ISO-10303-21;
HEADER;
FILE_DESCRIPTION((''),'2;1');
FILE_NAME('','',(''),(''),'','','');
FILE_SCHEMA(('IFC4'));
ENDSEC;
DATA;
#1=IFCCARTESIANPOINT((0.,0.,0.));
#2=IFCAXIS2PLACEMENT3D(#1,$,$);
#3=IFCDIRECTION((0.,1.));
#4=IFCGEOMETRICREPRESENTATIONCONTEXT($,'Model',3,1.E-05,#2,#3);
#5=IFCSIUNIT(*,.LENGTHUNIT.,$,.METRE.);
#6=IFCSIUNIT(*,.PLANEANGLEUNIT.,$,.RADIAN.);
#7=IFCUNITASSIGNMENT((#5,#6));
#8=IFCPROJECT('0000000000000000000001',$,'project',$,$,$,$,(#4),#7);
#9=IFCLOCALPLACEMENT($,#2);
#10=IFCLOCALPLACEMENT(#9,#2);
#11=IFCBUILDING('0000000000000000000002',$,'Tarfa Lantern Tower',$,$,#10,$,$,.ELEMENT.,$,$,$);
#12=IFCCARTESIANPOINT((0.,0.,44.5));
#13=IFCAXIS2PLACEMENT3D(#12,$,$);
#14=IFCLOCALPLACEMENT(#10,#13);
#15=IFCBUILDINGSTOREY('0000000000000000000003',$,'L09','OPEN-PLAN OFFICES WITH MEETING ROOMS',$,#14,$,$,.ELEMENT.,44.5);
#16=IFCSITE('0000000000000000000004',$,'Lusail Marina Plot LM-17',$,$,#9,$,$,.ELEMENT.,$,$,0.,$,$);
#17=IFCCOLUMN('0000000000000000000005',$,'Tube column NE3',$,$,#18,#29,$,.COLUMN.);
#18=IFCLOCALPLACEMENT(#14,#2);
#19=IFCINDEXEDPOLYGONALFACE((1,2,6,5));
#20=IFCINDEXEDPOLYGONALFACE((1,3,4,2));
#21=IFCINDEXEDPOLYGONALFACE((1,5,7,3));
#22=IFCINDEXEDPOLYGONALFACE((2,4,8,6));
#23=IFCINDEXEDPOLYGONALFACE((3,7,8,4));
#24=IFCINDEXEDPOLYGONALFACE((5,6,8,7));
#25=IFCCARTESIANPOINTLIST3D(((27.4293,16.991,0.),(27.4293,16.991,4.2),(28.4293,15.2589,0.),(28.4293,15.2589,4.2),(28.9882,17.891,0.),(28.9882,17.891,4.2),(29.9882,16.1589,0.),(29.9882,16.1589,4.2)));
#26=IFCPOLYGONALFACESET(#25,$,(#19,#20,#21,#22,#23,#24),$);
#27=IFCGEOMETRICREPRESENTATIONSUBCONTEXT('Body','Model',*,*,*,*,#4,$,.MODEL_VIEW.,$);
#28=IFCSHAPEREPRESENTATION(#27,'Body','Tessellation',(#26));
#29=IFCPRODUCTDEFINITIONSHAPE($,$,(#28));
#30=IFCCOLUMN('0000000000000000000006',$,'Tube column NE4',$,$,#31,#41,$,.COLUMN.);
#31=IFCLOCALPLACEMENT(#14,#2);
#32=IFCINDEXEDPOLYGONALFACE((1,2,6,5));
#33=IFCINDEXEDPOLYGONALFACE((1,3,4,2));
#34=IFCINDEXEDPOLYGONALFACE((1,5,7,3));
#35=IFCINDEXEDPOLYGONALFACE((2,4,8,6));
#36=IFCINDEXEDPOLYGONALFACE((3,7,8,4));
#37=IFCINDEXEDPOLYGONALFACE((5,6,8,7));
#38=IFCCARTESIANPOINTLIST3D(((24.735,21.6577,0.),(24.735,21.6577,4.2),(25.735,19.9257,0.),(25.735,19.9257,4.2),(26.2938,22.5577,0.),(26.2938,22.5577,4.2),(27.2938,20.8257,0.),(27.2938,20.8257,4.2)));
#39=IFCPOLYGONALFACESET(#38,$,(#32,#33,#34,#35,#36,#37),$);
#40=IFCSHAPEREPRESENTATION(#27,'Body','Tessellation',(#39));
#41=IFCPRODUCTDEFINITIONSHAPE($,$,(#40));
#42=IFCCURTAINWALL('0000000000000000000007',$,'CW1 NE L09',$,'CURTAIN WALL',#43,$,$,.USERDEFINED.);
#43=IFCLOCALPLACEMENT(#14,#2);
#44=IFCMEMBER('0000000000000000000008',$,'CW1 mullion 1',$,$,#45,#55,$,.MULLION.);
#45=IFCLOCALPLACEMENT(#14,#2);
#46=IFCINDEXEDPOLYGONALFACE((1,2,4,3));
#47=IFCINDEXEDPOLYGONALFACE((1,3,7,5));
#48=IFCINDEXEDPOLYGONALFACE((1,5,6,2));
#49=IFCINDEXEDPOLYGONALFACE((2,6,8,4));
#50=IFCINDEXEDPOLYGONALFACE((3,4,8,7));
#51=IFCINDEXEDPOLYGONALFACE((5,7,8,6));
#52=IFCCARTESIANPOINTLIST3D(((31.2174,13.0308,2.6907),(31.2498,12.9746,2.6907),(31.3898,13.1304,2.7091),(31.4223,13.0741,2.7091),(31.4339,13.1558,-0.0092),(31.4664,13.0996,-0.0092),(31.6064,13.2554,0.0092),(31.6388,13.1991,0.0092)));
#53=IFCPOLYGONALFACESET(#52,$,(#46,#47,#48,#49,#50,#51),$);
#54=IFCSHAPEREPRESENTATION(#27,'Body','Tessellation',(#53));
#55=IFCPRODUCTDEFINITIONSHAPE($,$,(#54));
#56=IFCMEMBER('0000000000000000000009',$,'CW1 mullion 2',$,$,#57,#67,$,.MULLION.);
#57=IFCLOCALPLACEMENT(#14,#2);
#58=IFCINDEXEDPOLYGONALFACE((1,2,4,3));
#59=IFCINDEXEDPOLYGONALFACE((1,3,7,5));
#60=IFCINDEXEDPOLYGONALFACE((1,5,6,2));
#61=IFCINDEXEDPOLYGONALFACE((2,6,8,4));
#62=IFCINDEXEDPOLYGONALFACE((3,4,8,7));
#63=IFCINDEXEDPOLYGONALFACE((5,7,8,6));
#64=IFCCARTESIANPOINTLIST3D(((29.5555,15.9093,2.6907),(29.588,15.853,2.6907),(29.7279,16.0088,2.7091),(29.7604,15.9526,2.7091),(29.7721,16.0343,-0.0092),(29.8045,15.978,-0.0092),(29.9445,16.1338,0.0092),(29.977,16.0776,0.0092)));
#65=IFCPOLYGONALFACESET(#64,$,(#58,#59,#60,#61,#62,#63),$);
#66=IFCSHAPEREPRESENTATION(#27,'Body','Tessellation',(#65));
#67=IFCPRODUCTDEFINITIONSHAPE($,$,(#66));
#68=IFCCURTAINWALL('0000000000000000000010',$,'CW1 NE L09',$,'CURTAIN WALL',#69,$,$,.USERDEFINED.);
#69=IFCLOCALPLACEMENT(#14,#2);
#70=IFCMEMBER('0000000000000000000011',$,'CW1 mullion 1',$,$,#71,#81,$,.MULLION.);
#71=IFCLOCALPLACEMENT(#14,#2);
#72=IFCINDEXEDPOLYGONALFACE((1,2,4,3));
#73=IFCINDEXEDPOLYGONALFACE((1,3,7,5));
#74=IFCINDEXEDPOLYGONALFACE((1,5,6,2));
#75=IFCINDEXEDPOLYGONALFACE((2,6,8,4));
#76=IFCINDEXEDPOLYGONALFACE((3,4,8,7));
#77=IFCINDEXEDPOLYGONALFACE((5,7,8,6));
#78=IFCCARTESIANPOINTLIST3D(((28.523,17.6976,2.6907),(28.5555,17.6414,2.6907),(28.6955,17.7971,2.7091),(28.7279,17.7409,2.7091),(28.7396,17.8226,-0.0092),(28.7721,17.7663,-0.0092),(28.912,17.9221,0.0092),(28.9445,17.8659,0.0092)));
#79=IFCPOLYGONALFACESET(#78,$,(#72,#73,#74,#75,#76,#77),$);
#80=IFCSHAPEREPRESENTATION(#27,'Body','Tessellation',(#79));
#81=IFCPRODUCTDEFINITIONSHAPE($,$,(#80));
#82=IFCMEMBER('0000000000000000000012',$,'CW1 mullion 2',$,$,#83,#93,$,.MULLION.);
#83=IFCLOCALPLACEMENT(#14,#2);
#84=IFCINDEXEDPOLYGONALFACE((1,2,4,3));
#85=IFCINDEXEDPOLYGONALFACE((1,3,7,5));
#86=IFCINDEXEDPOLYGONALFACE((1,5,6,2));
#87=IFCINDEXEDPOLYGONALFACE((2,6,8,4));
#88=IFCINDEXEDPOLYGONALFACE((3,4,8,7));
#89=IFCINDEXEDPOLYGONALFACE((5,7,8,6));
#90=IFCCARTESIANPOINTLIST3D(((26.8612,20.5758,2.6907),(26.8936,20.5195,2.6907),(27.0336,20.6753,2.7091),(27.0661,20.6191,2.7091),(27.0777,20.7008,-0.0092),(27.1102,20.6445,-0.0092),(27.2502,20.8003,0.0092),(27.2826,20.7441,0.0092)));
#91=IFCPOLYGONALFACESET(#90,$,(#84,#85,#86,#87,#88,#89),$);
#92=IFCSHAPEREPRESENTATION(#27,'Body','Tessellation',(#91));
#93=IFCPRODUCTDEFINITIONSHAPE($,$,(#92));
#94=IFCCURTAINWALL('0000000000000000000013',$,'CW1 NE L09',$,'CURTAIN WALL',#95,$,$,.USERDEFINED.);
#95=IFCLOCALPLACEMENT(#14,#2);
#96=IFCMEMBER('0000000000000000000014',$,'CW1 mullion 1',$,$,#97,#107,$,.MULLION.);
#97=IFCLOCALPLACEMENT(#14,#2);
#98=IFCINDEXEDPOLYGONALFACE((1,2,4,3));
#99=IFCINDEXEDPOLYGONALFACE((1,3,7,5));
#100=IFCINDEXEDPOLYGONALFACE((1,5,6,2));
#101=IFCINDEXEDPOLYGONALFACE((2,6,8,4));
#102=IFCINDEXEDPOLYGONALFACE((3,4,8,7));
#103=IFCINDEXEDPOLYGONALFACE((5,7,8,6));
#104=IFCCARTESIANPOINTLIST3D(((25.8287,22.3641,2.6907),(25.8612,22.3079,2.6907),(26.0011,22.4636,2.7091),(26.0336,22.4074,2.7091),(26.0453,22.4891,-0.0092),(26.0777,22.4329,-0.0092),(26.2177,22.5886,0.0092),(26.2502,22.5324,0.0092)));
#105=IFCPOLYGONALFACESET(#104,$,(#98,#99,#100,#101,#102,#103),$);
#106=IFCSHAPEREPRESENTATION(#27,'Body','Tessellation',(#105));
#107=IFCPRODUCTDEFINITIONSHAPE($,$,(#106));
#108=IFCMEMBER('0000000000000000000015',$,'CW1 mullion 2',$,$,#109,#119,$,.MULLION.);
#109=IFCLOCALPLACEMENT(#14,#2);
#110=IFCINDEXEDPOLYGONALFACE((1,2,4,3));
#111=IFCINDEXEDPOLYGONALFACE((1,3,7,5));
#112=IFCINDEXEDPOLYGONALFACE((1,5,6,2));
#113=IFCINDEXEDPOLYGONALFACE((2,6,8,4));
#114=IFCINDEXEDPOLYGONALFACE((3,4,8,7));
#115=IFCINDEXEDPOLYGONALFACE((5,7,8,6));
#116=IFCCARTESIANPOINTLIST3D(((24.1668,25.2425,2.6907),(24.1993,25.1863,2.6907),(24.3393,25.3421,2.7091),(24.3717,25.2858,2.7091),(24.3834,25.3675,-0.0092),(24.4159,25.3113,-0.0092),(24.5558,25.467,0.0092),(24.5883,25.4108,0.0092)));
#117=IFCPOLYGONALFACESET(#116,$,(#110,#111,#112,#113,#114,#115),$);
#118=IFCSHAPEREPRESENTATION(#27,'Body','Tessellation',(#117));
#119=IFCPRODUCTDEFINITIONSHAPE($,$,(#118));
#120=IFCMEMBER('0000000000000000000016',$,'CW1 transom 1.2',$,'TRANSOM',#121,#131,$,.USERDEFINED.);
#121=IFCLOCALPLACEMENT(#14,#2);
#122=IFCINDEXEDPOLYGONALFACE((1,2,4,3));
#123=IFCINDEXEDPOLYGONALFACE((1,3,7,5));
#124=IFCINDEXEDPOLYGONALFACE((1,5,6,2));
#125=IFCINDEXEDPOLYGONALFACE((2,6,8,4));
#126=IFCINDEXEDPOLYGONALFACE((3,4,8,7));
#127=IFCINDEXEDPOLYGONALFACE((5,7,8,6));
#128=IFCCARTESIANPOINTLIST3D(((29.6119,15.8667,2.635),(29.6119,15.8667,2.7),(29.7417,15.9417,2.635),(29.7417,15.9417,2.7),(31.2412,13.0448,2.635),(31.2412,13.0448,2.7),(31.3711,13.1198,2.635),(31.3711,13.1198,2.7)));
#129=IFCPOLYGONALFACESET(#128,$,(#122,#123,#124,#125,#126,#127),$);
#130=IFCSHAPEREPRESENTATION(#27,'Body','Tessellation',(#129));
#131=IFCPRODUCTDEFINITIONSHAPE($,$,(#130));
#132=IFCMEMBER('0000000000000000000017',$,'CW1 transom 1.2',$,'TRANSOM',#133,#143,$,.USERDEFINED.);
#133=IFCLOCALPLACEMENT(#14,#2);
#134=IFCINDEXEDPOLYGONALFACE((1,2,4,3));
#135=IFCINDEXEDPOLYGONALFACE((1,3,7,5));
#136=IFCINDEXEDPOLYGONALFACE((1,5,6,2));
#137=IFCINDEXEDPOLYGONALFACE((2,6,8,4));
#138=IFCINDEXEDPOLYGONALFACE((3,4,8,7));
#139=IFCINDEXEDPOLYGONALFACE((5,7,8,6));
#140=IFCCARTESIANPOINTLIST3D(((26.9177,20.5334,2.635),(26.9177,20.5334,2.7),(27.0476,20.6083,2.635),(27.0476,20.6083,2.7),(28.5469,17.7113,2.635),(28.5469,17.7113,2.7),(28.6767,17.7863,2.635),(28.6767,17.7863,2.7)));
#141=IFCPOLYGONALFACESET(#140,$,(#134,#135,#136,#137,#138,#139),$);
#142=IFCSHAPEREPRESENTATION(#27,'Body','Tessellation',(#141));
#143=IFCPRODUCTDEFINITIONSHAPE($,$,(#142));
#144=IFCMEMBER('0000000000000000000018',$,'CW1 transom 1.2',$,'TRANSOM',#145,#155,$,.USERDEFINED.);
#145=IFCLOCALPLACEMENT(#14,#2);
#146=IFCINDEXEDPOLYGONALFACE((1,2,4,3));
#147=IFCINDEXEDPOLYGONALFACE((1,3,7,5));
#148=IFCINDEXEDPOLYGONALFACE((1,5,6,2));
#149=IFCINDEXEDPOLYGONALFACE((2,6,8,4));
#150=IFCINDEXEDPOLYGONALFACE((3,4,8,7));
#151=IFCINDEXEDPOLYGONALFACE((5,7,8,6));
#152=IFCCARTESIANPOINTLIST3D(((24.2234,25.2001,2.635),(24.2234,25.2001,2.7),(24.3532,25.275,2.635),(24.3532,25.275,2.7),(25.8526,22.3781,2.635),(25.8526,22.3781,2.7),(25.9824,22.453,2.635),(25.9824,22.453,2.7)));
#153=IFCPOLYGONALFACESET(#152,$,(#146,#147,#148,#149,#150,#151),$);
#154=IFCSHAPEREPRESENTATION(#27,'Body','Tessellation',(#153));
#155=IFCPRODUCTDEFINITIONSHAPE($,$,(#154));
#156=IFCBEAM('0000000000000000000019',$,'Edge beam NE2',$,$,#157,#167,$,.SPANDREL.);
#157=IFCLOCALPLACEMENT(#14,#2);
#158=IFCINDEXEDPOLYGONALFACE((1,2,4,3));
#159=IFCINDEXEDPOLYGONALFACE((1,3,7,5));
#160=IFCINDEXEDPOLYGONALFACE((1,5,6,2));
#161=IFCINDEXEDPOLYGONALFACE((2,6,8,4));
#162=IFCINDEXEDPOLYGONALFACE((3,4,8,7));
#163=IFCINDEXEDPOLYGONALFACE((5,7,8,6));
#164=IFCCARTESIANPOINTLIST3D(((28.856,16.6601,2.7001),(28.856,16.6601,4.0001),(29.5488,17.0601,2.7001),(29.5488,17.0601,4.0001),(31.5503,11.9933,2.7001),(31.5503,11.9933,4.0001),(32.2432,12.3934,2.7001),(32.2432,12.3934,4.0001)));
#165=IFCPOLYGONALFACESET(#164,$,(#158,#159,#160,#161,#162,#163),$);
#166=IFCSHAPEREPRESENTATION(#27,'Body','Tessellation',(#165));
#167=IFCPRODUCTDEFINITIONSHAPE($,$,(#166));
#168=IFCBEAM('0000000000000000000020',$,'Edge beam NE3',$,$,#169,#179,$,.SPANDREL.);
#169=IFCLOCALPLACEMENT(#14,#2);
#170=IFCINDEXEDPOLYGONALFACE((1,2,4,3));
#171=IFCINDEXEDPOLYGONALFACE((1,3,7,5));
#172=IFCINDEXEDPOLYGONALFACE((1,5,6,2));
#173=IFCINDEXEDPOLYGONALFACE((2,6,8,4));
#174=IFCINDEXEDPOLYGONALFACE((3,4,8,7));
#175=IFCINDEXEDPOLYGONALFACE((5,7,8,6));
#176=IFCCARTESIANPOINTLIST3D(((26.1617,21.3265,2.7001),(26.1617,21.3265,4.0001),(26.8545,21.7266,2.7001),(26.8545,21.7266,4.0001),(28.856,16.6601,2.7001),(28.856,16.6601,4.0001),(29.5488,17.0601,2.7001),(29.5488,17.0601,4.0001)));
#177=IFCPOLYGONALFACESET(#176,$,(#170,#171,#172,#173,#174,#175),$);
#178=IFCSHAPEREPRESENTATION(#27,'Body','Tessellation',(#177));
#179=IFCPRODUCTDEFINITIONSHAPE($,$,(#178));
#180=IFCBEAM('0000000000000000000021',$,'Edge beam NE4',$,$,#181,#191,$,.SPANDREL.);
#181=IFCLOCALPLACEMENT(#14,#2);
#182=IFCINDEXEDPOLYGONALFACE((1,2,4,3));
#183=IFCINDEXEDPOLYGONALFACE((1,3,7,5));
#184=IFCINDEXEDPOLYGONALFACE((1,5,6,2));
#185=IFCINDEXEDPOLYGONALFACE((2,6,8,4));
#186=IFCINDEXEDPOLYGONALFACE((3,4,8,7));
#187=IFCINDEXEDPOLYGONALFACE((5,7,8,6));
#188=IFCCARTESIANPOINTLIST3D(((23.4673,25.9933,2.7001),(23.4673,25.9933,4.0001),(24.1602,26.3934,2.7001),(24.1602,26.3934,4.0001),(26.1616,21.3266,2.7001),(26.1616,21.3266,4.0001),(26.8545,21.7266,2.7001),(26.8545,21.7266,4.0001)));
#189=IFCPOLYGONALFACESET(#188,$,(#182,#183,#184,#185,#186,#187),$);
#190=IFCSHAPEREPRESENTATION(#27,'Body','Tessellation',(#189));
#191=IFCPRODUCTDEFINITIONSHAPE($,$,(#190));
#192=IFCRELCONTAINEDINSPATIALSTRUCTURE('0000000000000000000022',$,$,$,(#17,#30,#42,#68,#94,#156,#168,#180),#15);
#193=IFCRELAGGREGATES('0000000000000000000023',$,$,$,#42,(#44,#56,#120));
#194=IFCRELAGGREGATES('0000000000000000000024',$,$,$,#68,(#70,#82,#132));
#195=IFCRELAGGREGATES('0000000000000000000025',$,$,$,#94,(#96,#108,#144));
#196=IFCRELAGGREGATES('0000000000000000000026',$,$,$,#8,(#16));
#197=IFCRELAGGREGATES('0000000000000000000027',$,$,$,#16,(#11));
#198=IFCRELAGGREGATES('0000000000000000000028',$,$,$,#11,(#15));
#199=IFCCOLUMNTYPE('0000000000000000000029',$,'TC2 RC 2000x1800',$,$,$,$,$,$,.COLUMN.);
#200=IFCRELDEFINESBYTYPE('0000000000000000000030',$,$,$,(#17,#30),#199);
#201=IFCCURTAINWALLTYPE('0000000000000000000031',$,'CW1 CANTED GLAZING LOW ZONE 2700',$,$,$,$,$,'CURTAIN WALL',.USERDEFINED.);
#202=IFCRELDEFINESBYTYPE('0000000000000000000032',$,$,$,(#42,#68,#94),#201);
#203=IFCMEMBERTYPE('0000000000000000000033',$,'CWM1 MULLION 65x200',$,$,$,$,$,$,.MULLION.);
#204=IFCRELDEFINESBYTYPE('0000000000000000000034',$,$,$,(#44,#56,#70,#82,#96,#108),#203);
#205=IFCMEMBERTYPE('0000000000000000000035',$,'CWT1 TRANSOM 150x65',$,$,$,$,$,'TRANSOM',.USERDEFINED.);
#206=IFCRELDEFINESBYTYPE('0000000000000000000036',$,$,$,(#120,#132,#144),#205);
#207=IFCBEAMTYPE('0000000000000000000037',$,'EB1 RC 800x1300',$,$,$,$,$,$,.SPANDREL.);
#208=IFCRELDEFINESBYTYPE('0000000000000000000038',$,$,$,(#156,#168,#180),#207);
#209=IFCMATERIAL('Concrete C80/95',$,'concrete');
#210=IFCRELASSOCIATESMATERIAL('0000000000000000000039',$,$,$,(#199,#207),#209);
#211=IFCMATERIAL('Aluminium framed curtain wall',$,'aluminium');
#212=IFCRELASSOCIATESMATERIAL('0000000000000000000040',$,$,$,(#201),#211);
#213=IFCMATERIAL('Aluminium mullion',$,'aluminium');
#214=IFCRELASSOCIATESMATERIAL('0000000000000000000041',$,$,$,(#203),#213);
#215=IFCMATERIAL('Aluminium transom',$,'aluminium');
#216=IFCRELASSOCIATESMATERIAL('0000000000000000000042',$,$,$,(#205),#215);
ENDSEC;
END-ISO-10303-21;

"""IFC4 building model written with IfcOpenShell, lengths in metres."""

from ifc_helpers import new_model, si_unit, direction, frame, origin, origin_2d, place, context, subcontext, project, spatial, rectangle, extrude, material, material_profile, profile_set, type_object, element, aggregate, save


model = new_model("IFC4")

# Units and contexts
model_context = context("Model", 3, precision=1e-05, world=origin(), true_north=direction((0.0, 1.0)))
body_context = subcontext(model_context, "Body", "Model", "MODEL_VIEW")
ifc_project = project(units=[si_unit("LENGTHUNIT", "METRE"), si_unit("PLANEANGLEUNIT", "RADIAN")], contexts=[model_context])

# Site, building, storey
site_placement = place(None, origin())
site = spatial("IfcSite", under=ifc_project, at=site_placement, Name="Lusail Marina Plot LM-17", CompositionType="ELEMENT", RefElevation=0.0)
building_placement = place(site_placement, origin())
building = spatial("IfcBuilding", under=site, at=building_placement, Name="Tarfa Lantern Tower", CompositionType="ELEMENT")
storey_placement = place(building_placement, frame((0.0, 0.0, 44.5)))
storey = spatial("IfcBuildingStorey", under=building, at=storey_placement, Name="L09", Description="OPEN-PLAN OFFICES WITH MEETING ROOMS", CompositionType="ELEMENT", Elevation=44.5)

# Columns
ifc_material_1 = material(Name="Concrete C80/95", Category="concrete")
ifc_material_profile_1 = material_profile(ifc_material_1, rectangle(XDim=2.0, YDim=1.8, at=origin_2d()), Name="RC 2000x1800")
ifc_profile_set_1 = profile_set([ifc_material_profile_1], Name="Concrete C80/95")
column_type = type_object("IfcColumnType", Name="TC2 RC 2000x1800", PredefinedType="COLUMN", material=ifc_profile_set_1)
for number, where, z_axis, x_axis, name in (
    (1, (28.7087, 16.575, 0.0), (0.0, 0.0, 1.0), (-0.5, 0.866025, 0.0), "Tube column NE3"),
    (2, (26.0144, 21.2417, 0.0), (0.0, 0.0, 1.0), (-0.5, 0.866025, 0.0), "Tube column NE4"),
):
    element("IfcColumn", number, at=place(storey_placement, frame(where, z_axis=z_axis, x_axis=x_axis)), inside=storey, type_object=column_type, Name=name, PredefinedType="COLUMN", context=body_context, shape_type="SweptSolid", body=[
        extrude(rectangle(XDim=2.0, YDim=1.8, at=origin_2d()), origin(), (0.0, 0.0, 1.0), 4.2),
    ])

# Curtain walls, members
ifc_material_2 = material(Name="Aluminium framed curtain wall", Category="aluminium")
curtain_wall_type = type_object("IfcCurtainWallType", Name="CW1 CANTED GLAZING LOW ZONE 2700", ElementType="CURTAIN WALL", PredefinedType="USERDEFINED", material=ifc_material_2)
curtain_wall_1_placement = place(storey_placement, origin())
curtain_wall_1 = element("IfcCurtainWall", 3, at=curtain_wall_1_placement, inside=storey, type_object=curtain_wall_type, Name="CW1 NE L09", ObjectType="CURTAIN WALL", PredefinedType="USERDEFINED")
ifc_material_3 = material(Name="Aluminium mullion", Category="aluminium")
ifc_material_profile_2 = material_profile(ifc_material_3, rectangle(XDim=0.0649, YDim=0.2, at=origin_2d()), Name="AL MULLION 65x200")
ifc_profile_set_2 = profile_set([ifc_material_profile_2], Name="Aluminium mullion")
member_type_1 = type_object("IfcMemberType", Name="CWM1 MULLION 65x200", PredefinedType="MULLION", material=ifc_profile_set_2)
member_1_placement = place(storey_placement, frame((31.5364, 13.1775, 0.0), z_axis=(-0.079864, -0.0461, 0.995739), x_axis=(0.49992, -0.866072, 0.0)))
member_1 = element("IfcMember", 4, at=member_1_placement, type_object=member_type_1, Name="CW1 mullion 1", PredefinedType="MULLION", context=body_context, shape_type="SweptSolid", body=[
    extrude(rectangle(XDim=0.0649, YDim=0.2, at=origin_2d()), origin(), (0.0, 0.0, 1.0), 2.7114),
])
member_2_placement = place(storey_placement, frame((29.8745, 16.0559, 0.0), z_axis=(-0.079864, -0.0461, 0.995739), x_axis=(0.49992, -0.866072, 0.0)))
member_2 = element("IfcMember", 5, at=member_2_placement, type_object=member_type_1, Name="CW1 mullion 2", PredefinedType="MULLION", context=body_context, shape_type="SweptSolid", body=[
    extrude(rectangle(XDim=0.0649, YDim=0.2, at=origin_2d()), origin(), (0.0, 0.0, 1.0), 2.7114),
])
curtain_wall_2_placement = place(storey_placement, origin())
curtain_wall_2 = element("IfcCurtainWall", 6, at=curtain_wall_2_placement, inside=storey, type_object=curtain_wall_type, Name="CW1 NE L09", ObjectType="CURTAIN WALL", PredefinedType="USERDEFINED")
member_3_placement = place(storey_placement, frame((28.842, 17.8442, 0.0), z_axis=(-0.079864, -0.0461, 0.995739), x_axis=(0.49992, -0.866072, 0.0)))
member_3 = element("IfcMember", 7, at=member_3_placement, type_object=member_type_1, Name="CW1 mullion 1", PredefinedType="MULLION", context=body_context, shape_type="SweptSolid", body=[
    extrude(rectangle(XDim=0.0649, YDim=0.2, at=origin_2d()), origin(), (0.0, 0.0, 1.0), 2.7114),
])
member_4_placement = place(storey_placement, frame((27.1802, 20.7224, 0.0), z_axis=(-0.079864, -0.0461, 0.995739), x_axis=(0.49992, -0.866072, 0.0)))
member_4 = element("IfcMember", 8, at=member_4_placement, type_object=member_type_1, Name="CW1 mullion 2", PredefinedType="MULLION", context=body_context, shape_type="SweptSolid", body=[
    extrude(rectangle(XDim=0.0649, YDim=0.2, at=origin_2d()), origin(), (0.0, 0.0, 1.0), 2.7114),
])
curtain_wall_3_placement = place(storey_placement, origin())
curtain_wall_3 = element("IfcCurtainWall", 9, at=curtain_wall_3_placement, inside=storey, type_object=curtain_wall_type, Name="CW1 NE L09", ObjectType="CURTAIN WALL", PredefinedType="USERDEFINED")
member_5_placement = place(storey_placement, frame((26.1477, 22.5107, 0.0), z_axis=(-0.079864, -0.0461, 0.995739), x_axis=(0.49992, -0.866072, 0.0)))
member_5 = element("IfcMember", 10, at=member_5_placement, type_object=member_type_1, Name="CW1 mullion 1", PredefinedType="MULLION", context=body_context, shape_type="SweptSolid", body=[
    extrude(rectangle(XDim=0.0649, YDim=0.2, at=origin_2d()), origin(), (0.0, 0.0, 1.0), 2.7114),
])
member_6_placement = place(storey_placement, frame((24.4858, 25.3892, 0.0), z_axis=(-0.079864, -0.0461, 0.995739), x_axis=(0.49992, -0.866072, 0.0)))
member_6 = element("IfcMember", 11, at=member_6_placement, type_object=member_type_1, Name="CW1 mullion 2", PredefinedType="MULLION", context=body_context, shape_type="SweptSolid", body=[
    extrude(rectangle(XDim=0.0649, YDim=0.2, at=origin_2d()), origin(), (0.0, 0.0, 1.0), 2.7114),
])

# Members
ifc_material_4 = material(Name="Aluminium transom", Category="aluminium")
ifc_material_profile_3 = material_profile(ifc_material_4, rectangle(XDim=0.1499, YDim=0.0649, at=origin_2d()), Name="AL TRANSOM 150x65")
ifc_profile_set_3 = profile_set([ifc_material_profile_3], Name="Aluminium transom")
member_type_2 = type_object("IfcMemberType", Name="CWT1 TRANSOM 150x65", ElementType="TRANSOM", PredefinedType="USERDEFINED", material=ifc_profile_set_3)
member_7_placement = place(storey_placement, frame((31.3062, 13.0823, 2.6675), z_axis=(-0.500023, 0.866012, 0.0), x_axis=(-0.866012, -0.500023, 0.0)))
member_7 = element("IfcMember", 12, at=member_7_placement, type_object=member_type_2, Name="CW1 transom 1.2", ObjectType="TRANSOM", PredefinedType="USERDEFINED", context=body_context, shape_type="SweptSolid", body=[
    extrude(rectangle(XDim=0.1499, YDim=0.0649, at=origin_2d()), origin(), (0.0, 0.0, 1.0), 3.2585),
])
member_8_placement = place(storey_placement, frame((28.6118, 17.7488, 2.6675), z_axis=(-0.499967, 0.866045, 0.0), x_axis=(-0.866045, -0.499967, 0.0)))
member_8 = element("IfcMember", 13, at=member_8_placement, type_object=member_type_2, Name="CW1 transom 1.2", ObjectType="TRANSOM", PredefinedType="USERDEFINED", context=body_context, shape_type="SweptSolid", body=[
    extrude(rectangle(XDim=0.1499, YDim=0.0649, at=origin_2d()), origin(), (0.0, 0.0, 1.0), 3.2585),
])
member_9_placement = place(storey_placement, frame((25.9175, 22.4155, 2.6675), z_axis=(-0.499967, 0.866045, 0.0), x_axis=(-0.866045, -0.499967, 0.0)))
member_9 = element("IfcMember", 14, at=member_9_placement, type_object=member_type_2, Name="CW1 transom 1.2", ObjectType="TRANSOM", PredefinedType="USERDEFINED", context=body_context, shape_type="SweptSolid", body=[
    extrude(rectangle(XDim=0.1499, YDim=0.0649, at=origin_2d()), origin(), (0.0, 0.0, 1.0), 3.2585),
])

# Beams
ifc_material_profile_4 = material_profile(ifc_material_1, rectangle(XDim=0.8, YDim=1.3, at=origin_2d()), Name="RC 800x1300")
ifc_profile_set_4 = profile_set([ifc_material_profile_4], Name="Concrete C80/95")
beam_type_1 = type_object("IfcBeamType", Name="EB1 RC 800x1300", PredefinedType="SPANDREL", material=ifc_profile_set_4)
beam_1_placement = place(storey_placement, frame((31.8967, 12.1934, 3.3501), z_axis=(-0.499998, 0.866026, 0.0), x_axis=(-0.866026, -0.499998, 0.0)))
element("IfcBeam", 15, at=beam_1_placement, inside=storey, type_object=beam_type_1, Name="Edge beam NE2", PredefinedType="SPANDREL", context=body_context, shape_type="SweptSolid", body=[
    extrude(rectangle(XDim=0.8, YDim=1.3, at=origin_2d()), origin(), (0.0, 0.0, 1.0), 5.3887),
])
beam_2_placement = place(storey_placement, frame((29.2024, 16.8601, 3.3501), z_axis=(-0.500018, 0.866015, 0.0), x_axis=(-0.866015, -0.500018, 0.0)))
element("IfcBeam", 16, at=beam_2_placement, inside=storey, type_object=beam_type_1, Name="Edge beam NE3", PredefinedType="SPANDREL", context=body_context, shape_type="SweptSolid", body=[
    extrude(rectangle(XDim=0.8, YDim=1.3, at=origin_2d()), origin(), (0.0, 0.0, 1.0), 5.3884),
])
beam_3_placement = place(storey_placement, frame((26.5081, 21.5266, 3.3501), z_axis=(-0.499998, 0.866026, 0.0), x_axis=(-0.866026, -0.499998, 0.0)))
element("IfcBeam", 17, at=beam_3_placement, inside=storey, type_object=beam_type_1, Name="Edge beam NE4", PredefinedType="SPANDREL", context=body_context, shape_type="SweptSolid", body=[
    extrude(rectangle(XDim=0.8, YDim=1.3, at=origin_2d()), origin(), (0.0, 0.0, 1.0), 5.3887),
])

aggregate(curtain_wall_1, [member_1, member_2, member_7])
aggregate(curtain_wall_2, [member_3, member_4, member_8])
aggregate(curtain_wall_3, [member_5, member_6, member_9])

save(model, "model.ifc")
